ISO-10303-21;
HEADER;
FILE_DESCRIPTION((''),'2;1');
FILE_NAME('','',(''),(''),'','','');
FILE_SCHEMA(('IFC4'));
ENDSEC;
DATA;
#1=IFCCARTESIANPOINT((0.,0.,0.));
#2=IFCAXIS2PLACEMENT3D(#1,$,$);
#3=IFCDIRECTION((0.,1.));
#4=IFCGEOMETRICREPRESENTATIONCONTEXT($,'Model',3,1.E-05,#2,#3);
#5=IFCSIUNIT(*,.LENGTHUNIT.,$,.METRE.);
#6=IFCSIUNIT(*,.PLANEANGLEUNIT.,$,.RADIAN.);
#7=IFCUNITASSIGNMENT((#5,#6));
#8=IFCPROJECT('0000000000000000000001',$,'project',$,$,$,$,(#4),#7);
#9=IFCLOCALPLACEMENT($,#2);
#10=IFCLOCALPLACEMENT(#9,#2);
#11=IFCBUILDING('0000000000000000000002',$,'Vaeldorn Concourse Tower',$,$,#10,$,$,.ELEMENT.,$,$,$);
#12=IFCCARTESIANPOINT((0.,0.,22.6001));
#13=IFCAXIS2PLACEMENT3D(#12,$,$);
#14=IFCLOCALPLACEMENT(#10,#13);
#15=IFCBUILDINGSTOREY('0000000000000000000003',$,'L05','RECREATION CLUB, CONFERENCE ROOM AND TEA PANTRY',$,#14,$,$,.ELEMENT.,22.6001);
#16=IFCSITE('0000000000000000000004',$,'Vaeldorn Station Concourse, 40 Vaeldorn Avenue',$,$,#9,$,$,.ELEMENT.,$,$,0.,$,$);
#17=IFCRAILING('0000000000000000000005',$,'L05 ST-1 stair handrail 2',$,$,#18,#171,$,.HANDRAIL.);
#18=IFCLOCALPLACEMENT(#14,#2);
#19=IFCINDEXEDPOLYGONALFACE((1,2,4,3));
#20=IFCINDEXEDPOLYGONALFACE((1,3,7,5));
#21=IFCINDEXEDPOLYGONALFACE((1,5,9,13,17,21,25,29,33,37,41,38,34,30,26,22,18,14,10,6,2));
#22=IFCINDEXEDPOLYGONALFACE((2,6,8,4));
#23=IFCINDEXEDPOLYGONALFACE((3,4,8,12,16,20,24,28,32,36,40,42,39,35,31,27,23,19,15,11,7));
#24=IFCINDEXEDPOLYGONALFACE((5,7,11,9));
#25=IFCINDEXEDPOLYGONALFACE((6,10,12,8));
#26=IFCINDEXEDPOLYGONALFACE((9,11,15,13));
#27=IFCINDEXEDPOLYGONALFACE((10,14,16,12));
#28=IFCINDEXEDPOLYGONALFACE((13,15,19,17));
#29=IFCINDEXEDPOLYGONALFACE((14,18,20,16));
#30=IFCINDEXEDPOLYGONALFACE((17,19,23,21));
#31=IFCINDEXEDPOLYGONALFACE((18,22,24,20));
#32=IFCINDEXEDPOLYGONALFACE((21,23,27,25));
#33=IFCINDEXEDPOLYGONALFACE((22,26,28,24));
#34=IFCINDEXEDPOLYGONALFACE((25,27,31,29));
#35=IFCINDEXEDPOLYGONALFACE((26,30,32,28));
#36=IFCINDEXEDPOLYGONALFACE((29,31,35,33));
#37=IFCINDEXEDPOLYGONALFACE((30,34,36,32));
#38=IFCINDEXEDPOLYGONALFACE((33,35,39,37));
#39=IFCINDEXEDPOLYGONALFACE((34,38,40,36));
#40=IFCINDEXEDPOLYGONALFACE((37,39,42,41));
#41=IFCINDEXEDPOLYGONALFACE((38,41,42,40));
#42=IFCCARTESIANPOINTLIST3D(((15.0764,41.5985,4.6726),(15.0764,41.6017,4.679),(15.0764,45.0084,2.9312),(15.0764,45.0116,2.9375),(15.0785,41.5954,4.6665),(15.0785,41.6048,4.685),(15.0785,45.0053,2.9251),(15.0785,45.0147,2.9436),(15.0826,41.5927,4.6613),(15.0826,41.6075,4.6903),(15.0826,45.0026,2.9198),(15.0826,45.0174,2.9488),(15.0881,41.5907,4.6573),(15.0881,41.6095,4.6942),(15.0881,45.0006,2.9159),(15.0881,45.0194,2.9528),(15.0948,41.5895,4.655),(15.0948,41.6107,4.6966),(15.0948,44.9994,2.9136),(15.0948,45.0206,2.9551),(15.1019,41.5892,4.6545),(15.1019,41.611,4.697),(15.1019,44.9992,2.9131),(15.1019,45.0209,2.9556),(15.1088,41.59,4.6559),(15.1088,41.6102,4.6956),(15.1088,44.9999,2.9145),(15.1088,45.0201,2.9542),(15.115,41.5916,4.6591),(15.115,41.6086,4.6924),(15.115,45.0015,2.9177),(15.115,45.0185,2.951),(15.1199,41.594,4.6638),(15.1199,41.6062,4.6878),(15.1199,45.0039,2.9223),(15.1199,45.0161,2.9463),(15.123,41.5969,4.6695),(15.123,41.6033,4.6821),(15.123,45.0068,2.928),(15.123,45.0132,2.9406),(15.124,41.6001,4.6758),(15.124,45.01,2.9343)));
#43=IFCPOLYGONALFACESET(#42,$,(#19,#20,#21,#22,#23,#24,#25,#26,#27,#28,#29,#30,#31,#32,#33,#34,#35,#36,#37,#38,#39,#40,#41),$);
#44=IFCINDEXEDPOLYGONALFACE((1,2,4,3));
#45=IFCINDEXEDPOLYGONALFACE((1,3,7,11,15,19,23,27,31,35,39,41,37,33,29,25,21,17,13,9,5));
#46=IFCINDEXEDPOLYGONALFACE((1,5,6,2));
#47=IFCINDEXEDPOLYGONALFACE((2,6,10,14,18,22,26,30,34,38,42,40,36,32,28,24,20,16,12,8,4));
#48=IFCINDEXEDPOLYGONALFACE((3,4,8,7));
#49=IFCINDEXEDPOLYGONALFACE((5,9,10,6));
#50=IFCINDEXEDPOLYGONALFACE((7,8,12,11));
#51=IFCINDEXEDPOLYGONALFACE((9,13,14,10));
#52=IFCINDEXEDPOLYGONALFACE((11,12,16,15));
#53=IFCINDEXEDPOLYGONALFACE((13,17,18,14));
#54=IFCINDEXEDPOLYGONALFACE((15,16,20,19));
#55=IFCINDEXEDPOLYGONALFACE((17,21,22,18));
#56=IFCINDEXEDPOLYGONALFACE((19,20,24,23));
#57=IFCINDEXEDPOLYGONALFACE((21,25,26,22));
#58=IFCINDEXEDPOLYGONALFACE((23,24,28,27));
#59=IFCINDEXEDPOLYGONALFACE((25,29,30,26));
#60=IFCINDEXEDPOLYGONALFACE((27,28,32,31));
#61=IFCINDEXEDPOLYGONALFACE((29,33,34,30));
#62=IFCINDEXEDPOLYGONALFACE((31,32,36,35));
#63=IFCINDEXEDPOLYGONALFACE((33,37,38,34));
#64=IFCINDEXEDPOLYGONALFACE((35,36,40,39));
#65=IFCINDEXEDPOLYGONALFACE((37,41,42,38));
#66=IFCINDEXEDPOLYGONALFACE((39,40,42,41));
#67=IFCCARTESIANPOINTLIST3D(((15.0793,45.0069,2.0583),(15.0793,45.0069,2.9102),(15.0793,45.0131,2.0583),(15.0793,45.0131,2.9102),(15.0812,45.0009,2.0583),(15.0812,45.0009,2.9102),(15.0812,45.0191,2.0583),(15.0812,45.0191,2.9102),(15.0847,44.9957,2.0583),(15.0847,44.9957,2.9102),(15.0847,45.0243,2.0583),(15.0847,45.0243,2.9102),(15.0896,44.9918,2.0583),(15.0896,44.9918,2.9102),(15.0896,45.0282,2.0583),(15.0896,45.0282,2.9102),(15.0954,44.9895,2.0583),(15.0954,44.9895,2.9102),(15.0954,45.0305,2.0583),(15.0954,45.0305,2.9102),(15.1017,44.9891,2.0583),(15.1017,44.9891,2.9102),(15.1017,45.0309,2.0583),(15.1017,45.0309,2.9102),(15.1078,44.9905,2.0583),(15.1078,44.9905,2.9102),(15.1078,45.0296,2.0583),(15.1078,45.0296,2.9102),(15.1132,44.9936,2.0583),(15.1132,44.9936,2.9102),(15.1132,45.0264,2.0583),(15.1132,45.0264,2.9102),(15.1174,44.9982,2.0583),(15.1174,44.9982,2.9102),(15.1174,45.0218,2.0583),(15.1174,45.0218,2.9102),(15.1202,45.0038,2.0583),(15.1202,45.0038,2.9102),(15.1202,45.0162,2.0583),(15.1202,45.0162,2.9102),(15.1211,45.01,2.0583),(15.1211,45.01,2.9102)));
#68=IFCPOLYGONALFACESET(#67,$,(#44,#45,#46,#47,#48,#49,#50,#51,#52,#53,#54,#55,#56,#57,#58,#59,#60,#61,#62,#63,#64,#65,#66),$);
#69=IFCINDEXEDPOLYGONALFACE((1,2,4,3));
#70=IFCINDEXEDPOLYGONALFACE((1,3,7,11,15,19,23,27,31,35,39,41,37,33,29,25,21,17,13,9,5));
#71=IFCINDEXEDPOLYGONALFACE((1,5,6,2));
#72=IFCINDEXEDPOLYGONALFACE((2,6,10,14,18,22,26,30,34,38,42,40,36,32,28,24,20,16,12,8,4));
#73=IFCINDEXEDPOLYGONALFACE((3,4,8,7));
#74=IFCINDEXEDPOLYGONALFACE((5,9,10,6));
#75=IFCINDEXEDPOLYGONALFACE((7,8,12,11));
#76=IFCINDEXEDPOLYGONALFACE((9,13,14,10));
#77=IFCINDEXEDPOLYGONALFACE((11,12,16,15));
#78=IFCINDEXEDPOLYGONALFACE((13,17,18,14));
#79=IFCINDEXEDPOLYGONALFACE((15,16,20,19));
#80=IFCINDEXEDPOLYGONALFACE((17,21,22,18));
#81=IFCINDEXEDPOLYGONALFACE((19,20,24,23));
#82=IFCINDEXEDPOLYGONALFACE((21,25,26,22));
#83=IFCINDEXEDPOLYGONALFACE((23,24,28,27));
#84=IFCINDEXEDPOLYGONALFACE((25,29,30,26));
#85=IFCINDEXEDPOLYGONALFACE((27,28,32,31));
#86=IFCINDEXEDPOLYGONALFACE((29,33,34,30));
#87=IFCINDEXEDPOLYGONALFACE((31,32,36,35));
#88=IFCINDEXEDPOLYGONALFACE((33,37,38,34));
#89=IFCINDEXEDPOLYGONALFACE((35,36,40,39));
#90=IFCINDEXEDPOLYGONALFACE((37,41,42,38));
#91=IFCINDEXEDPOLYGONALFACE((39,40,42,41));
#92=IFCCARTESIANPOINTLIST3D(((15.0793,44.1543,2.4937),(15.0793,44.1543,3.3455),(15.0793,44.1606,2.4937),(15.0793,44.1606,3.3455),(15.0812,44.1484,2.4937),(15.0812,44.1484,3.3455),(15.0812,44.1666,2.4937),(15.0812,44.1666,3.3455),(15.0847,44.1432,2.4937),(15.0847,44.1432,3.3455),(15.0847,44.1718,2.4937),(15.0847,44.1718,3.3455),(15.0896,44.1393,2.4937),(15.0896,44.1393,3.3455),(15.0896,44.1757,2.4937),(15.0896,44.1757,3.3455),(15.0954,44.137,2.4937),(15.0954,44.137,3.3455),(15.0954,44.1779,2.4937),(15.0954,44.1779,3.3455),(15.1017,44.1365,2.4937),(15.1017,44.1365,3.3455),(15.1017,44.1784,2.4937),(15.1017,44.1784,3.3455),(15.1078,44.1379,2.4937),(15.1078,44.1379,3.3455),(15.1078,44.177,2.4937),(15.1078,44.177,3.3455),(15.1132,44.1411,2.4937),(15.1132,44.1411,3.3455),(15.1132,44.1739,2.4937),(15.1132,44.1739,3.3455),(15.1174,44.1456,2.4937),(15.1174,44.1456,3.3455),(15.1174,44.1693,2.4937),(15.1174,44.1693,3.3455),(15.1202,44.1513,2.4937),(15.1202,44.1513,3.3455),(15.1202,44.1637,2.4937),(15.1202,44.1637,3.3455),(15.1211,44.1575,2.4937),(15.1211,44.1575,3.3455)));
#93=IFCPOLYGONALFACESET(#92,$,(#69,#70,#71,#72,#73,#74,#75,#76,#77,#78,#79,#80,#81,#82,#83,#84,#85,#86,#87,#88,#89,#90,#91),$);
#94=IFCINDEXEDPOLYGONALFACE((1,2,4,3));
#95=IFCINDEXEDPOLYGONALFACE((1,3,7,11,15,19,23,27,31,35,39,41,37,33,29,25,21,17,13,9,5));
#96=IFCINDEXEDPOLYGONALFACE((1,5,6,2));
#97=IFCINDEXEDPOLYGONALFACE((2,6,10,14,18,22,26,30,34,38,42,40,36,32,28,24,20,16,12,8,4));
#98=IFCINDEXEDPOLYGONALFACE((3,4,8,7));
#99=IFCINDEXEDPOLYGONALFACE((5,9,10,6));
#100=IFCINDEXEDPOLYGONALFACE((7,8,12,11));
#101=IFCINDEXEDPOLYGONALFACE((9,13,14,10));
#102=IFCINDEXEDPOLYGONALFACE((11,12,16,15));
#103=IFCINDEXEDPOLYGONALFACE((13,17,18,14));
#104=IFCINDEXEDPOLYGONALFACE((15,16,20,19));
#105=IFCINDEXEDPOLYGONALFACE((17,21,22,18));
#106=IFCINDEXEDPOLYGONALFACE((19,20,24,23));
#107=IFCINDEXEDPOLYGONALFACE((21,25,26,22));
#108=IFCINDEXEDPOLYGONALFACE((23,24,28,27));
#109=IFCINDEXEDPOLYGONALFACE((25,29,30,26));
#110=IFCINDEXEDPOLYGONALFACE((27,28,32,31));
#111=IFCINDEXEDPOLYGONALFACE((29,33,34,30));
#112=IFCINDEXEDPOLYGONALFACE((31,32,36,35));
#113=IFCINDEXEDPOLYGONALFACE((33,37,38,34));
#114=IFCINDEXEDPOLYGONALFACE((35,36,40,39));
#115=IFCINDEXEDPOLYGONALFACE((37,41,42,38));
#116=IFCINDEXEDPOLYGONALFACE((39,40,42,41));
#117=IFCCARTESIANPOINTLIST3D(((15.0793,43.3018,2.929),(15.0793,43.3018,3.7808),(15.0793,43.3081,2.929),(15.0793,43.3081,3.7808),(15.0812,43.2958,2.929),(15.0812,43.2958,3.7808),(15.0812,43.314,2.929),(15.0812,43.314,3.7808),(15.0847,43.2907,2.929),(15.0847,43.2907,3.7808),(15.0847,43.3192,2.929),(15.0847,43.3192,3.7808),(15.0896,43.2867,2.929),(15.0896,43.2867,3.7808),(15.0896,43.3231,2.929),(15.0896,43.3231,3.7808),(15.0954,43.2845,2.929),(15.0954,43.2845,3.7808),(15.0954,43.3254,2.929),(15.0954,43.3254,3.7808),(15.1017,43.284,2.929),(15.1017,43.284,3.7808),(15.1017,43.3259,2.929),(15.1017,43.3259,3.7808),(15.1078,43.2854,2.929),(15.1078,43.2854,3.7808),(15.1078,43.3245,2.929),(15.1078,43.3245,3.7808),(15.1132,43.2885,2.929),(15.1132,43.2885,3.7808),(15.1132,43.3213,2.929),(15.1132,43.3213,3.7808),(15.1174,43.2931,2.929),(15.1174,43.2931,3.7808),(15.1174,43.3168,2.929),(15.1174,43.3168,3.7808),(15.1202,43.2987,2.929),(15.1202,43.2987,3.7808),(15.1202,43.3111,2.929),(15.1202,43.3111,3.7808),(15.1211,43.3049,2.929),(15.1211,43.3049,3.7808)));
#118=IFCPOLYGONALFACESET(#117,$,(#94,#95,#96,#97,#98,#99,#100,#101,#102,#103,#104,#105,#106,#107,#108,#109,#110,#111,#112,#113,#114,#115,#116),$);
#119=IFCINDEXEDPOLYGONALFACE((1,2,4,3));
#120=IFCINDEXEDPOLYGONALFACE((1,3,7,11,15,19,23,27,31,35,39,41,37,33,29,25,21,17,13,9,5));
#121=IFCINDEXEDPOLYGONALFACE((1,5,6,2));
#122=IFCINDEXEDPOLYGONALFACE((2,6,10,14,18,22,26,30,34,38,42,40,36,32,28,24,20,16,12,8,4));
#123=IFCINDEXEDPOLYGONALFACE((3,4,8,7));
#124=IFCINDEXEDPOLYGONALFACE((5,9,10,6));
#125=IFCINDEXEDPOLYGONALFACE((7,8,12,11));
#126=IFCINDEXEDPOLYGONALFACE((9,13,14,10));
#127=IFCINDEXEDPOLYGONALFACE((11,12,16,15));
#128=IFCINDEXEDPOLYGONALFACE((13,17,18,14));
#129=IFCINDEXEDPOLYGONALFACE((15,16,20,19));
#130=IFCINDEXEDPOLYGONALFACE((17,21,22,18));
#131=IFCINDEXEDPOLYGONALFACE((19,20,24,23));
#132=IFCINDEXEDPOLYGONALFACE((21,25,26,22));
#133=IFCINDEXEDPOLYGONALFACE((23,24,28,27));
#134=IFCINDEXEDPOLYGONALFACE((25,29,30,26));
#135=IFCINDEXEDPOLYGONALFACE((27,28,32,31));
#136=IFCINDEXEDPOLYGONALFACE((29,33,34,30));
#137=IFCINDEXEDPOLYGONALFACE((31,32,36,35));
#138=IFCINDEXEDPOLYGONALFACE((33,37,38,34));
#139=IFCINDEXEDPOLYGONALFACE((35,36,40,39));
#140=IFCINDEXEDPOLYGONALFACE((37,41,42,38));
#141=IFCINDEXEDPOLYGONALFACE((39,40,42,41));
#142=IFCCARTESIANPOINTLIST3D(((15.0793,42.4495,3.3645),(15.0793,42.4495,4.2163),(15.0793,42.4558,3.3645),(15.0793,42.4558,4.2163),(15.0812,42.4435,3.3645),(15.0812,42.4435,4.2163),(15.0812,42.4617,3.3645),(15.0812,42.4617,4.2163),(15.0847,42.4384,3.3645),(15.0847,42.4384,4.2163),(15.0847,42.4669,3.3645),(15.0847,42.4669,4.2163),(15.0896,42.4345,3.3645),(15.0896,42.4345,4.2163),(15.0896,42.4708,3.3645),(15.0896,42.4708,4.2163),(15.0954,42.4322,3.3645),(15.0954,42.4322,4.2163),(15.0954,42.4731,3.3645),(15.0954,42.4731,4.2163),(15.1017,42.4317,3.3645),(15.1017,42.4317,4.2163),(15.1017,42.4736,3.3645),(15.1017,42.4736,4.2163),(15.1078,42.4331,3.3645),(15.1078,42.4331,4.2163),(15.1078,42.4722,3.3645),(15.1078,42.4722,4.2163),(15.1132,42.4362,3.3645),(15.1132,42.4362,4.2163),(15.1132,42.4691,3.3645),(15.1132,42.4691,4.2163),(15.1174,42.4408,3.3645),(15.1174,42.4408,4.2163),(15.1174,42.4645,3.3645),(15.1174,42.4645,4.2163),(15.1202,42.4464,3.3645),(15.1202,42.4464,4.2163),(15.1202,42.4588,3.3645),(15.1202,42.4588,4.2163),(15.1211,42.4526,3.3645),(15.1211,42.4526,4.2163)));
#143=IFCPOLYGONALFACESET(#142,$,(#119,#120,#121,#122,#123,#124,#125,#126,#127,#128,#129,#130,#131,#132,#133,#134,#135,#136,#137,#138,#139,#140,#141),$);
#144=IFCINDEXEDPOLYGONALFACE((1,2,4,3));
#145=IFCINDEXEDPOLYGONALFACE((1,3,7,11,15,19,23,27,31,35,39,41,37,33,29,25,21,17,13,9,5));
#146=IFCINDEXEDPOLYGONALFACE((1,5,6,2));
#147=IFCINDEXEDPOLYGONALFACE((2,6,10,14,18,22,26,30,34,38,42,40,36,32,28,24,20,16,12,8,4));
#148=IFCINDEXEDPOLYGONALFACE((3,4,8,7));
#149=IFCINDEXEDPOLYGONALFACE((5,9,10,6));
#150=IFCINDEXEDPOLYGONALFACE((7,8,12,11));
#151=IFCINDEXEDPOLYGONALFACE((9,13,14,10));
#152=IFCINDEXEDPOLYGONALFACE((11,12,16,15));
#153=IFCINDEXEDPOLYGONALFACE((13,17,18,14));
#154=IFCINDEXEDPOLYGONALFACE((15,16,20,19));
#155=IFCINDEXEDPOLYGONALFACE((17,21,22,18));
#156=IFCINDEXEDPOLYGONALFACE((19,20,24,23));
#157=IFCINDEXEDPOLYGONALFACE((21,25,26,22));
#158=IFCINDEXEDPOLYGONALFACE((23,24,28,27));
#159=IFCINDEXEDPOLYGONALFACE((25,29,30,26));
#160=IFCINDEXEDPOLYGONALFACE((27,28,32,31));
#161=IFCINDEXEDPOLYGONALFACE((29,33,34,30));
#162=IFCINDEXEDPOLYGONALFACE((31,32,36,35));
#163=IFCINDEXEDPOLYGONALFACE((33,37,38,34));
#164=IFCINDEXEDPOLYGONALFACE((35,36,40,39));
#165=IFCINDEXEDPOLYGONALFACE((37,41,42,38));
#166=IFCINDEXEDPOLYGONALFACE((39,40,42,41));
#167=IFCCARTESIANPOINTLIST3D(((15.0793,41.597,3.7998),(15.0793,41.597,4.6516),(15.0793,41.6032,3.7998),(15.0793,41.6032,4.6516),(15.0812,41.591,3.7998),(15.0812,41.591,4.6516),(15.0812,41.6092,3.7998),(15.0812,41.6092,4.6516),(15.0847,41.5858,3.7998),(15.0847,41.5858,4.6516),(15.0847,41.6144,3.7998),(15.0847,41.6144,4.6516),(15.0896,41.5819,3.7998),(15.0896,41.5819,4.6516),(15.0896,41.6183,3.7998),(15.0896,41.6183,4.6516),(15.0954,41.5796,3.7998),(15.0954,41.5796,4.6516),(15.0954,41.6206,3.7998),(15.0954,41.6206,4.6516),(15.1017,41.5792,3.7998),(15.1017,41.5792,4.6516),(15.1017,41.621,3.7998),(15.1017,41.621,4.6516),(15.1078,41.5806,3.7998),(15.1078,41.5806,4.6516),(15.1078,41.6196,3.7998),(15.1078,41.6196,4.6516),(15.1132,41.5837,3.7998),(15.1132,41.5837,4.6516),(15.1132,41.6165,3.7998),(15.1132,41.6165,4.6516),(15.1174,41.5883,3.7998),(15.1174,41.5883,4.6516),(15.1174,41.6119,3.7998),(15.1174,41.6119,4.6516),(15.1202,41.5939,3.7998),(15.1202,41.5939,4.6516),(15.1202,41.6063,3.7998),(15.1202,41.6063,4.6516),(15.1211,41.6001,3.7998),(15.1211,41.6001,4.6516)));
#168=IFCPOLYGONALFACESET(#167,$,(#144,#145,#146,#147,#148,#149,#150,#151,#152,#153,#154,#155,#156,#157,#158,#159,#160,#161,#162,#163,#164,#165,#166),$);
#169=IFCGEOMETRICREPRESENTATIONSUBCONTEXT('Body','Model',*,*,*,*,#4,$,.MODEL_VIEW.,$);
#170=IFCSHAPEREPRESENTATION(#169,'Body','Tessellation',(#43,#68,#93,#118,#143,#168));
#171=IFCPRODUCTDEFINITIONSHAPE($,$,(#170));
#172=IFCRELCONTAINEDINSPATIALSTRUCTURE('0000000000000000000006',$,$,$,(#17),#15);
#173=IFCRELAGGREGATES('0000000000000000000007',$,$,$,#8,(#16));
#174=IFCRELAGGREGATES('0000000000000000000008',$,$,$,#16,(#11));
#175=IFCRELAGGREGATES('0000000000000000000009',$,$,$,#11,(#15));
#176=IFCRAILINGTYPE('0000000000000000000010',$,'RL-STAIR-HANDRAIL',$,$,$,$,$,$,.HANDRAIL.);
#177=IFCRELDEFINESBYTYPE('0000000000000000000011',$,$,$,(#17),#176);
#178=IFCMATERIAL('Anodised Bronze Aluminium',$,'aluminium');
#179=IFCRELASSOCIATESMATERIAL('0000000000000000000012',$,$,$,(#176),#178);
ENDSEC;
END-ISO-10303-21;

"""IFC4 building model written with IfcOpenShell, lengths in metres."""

from ifc_helpers import new_model, si_unit, direction, frame, origin, origin_2d, place, context, subcontext, project, spatial, circle, extrude, material, type_object, element, save


model = new_model("IFC4")

# Units and contexts
model_context = context("Model", 3, precision=1e-05, world=origin(), true_north=direction((0.0, 1.0)))
body_context = subcontext(model_context, "Body", "Model", "MODEL_VIEW")
ifc_project = project(units=[si_unit("LENGTHUNIT", "METRE"), si_unit("PLANEANGLEUNIT", "RADIAN")], contexts=[model_context])

# Site, building, storey
site_placement = place(None, origin())
site = spatial("IfcSite", under=ifc_project, at=site_placement, Name="Vaeldorn Station Concourse, 40 Vaeldorn Avenue", CompositionType="ELEMENT", RefElevation=0.0)
building_placement = place(site_placement, origin())
building = spatial("IfcBuilding", under=site, at=building_placement, Name="Vaeldorn Concourse Tower", CompositionType="ELEMENT")
storey_placement = place(building_placement, frame((0.0, 0.0, 22.6001)))
storey = spatial("IfcBuildingStorey", under=building, at=storey_placement, Name="L05", Description="RECREATION CLUB, CONFERENCE ROOM AND TEA PANTRY", CompositionType="ELEMENT", Elevation=22.6001)

# Shared definitions
ifc_material_1 = material(Name="Anodised Bronze Aluminium", Category="aluminium")

# Railing
railing_type_1 = type_object("IfcRailingType", Name="RL-STAIR-HANDRAIL", PredefinedType="HANDRAIL", material=ifc_material_1)
railing_1_placement = place(storey_placement, frame((15.1001, 45.01, 2.0583)))
element("IfcRailing", 1, at=railing_1_placement, inside=storey, type_object=railing_type_1, Name="L05 ST-1 stair handrail 2", PredefinedType="HANDRAIL", context=body_context, shape_type="SweptSolid", body=[
    extrude(circle(Radius=0.0239, at=origin_2d()), frame((0.0, 0.0, 0.876), z_axis=(0.0, -0.890582, 0.454823), x_axis=(1.0, 0.0, 0.0)), (0.0, 0.0, 1.0), 3.8289),
    extrude(circle(Radius=0.021, at=origin_2d()), origin(), (0.0, 0.0, 1.0), 0.8518),
    extrude(circle(Radius=0.021, at=origin_2d()), frame((0.0, -0.8525, 0.4353)), (0.0, 0.0, 1.0), 0.8518),
    extrude(circle(Radius=0.021, at=origin_2d()), frame((0.0, -1.7051, 0.8706)), (0.0, 0.0, 1.0), 0.8518),
    extrude(circle(Radius=0.021, at=origin_2d()), frame((0.0, -2.5574, 1.3062)), (0.0, 0.0, 1.0), 0.8518),
    extrude(circle(Radius=0.021, at=origin_2d()), frame((0.0, -3.4099, 1.7415)), (0.0, 0.0, 1.0), 0.8518),
])

save(model, "model.ifc")
